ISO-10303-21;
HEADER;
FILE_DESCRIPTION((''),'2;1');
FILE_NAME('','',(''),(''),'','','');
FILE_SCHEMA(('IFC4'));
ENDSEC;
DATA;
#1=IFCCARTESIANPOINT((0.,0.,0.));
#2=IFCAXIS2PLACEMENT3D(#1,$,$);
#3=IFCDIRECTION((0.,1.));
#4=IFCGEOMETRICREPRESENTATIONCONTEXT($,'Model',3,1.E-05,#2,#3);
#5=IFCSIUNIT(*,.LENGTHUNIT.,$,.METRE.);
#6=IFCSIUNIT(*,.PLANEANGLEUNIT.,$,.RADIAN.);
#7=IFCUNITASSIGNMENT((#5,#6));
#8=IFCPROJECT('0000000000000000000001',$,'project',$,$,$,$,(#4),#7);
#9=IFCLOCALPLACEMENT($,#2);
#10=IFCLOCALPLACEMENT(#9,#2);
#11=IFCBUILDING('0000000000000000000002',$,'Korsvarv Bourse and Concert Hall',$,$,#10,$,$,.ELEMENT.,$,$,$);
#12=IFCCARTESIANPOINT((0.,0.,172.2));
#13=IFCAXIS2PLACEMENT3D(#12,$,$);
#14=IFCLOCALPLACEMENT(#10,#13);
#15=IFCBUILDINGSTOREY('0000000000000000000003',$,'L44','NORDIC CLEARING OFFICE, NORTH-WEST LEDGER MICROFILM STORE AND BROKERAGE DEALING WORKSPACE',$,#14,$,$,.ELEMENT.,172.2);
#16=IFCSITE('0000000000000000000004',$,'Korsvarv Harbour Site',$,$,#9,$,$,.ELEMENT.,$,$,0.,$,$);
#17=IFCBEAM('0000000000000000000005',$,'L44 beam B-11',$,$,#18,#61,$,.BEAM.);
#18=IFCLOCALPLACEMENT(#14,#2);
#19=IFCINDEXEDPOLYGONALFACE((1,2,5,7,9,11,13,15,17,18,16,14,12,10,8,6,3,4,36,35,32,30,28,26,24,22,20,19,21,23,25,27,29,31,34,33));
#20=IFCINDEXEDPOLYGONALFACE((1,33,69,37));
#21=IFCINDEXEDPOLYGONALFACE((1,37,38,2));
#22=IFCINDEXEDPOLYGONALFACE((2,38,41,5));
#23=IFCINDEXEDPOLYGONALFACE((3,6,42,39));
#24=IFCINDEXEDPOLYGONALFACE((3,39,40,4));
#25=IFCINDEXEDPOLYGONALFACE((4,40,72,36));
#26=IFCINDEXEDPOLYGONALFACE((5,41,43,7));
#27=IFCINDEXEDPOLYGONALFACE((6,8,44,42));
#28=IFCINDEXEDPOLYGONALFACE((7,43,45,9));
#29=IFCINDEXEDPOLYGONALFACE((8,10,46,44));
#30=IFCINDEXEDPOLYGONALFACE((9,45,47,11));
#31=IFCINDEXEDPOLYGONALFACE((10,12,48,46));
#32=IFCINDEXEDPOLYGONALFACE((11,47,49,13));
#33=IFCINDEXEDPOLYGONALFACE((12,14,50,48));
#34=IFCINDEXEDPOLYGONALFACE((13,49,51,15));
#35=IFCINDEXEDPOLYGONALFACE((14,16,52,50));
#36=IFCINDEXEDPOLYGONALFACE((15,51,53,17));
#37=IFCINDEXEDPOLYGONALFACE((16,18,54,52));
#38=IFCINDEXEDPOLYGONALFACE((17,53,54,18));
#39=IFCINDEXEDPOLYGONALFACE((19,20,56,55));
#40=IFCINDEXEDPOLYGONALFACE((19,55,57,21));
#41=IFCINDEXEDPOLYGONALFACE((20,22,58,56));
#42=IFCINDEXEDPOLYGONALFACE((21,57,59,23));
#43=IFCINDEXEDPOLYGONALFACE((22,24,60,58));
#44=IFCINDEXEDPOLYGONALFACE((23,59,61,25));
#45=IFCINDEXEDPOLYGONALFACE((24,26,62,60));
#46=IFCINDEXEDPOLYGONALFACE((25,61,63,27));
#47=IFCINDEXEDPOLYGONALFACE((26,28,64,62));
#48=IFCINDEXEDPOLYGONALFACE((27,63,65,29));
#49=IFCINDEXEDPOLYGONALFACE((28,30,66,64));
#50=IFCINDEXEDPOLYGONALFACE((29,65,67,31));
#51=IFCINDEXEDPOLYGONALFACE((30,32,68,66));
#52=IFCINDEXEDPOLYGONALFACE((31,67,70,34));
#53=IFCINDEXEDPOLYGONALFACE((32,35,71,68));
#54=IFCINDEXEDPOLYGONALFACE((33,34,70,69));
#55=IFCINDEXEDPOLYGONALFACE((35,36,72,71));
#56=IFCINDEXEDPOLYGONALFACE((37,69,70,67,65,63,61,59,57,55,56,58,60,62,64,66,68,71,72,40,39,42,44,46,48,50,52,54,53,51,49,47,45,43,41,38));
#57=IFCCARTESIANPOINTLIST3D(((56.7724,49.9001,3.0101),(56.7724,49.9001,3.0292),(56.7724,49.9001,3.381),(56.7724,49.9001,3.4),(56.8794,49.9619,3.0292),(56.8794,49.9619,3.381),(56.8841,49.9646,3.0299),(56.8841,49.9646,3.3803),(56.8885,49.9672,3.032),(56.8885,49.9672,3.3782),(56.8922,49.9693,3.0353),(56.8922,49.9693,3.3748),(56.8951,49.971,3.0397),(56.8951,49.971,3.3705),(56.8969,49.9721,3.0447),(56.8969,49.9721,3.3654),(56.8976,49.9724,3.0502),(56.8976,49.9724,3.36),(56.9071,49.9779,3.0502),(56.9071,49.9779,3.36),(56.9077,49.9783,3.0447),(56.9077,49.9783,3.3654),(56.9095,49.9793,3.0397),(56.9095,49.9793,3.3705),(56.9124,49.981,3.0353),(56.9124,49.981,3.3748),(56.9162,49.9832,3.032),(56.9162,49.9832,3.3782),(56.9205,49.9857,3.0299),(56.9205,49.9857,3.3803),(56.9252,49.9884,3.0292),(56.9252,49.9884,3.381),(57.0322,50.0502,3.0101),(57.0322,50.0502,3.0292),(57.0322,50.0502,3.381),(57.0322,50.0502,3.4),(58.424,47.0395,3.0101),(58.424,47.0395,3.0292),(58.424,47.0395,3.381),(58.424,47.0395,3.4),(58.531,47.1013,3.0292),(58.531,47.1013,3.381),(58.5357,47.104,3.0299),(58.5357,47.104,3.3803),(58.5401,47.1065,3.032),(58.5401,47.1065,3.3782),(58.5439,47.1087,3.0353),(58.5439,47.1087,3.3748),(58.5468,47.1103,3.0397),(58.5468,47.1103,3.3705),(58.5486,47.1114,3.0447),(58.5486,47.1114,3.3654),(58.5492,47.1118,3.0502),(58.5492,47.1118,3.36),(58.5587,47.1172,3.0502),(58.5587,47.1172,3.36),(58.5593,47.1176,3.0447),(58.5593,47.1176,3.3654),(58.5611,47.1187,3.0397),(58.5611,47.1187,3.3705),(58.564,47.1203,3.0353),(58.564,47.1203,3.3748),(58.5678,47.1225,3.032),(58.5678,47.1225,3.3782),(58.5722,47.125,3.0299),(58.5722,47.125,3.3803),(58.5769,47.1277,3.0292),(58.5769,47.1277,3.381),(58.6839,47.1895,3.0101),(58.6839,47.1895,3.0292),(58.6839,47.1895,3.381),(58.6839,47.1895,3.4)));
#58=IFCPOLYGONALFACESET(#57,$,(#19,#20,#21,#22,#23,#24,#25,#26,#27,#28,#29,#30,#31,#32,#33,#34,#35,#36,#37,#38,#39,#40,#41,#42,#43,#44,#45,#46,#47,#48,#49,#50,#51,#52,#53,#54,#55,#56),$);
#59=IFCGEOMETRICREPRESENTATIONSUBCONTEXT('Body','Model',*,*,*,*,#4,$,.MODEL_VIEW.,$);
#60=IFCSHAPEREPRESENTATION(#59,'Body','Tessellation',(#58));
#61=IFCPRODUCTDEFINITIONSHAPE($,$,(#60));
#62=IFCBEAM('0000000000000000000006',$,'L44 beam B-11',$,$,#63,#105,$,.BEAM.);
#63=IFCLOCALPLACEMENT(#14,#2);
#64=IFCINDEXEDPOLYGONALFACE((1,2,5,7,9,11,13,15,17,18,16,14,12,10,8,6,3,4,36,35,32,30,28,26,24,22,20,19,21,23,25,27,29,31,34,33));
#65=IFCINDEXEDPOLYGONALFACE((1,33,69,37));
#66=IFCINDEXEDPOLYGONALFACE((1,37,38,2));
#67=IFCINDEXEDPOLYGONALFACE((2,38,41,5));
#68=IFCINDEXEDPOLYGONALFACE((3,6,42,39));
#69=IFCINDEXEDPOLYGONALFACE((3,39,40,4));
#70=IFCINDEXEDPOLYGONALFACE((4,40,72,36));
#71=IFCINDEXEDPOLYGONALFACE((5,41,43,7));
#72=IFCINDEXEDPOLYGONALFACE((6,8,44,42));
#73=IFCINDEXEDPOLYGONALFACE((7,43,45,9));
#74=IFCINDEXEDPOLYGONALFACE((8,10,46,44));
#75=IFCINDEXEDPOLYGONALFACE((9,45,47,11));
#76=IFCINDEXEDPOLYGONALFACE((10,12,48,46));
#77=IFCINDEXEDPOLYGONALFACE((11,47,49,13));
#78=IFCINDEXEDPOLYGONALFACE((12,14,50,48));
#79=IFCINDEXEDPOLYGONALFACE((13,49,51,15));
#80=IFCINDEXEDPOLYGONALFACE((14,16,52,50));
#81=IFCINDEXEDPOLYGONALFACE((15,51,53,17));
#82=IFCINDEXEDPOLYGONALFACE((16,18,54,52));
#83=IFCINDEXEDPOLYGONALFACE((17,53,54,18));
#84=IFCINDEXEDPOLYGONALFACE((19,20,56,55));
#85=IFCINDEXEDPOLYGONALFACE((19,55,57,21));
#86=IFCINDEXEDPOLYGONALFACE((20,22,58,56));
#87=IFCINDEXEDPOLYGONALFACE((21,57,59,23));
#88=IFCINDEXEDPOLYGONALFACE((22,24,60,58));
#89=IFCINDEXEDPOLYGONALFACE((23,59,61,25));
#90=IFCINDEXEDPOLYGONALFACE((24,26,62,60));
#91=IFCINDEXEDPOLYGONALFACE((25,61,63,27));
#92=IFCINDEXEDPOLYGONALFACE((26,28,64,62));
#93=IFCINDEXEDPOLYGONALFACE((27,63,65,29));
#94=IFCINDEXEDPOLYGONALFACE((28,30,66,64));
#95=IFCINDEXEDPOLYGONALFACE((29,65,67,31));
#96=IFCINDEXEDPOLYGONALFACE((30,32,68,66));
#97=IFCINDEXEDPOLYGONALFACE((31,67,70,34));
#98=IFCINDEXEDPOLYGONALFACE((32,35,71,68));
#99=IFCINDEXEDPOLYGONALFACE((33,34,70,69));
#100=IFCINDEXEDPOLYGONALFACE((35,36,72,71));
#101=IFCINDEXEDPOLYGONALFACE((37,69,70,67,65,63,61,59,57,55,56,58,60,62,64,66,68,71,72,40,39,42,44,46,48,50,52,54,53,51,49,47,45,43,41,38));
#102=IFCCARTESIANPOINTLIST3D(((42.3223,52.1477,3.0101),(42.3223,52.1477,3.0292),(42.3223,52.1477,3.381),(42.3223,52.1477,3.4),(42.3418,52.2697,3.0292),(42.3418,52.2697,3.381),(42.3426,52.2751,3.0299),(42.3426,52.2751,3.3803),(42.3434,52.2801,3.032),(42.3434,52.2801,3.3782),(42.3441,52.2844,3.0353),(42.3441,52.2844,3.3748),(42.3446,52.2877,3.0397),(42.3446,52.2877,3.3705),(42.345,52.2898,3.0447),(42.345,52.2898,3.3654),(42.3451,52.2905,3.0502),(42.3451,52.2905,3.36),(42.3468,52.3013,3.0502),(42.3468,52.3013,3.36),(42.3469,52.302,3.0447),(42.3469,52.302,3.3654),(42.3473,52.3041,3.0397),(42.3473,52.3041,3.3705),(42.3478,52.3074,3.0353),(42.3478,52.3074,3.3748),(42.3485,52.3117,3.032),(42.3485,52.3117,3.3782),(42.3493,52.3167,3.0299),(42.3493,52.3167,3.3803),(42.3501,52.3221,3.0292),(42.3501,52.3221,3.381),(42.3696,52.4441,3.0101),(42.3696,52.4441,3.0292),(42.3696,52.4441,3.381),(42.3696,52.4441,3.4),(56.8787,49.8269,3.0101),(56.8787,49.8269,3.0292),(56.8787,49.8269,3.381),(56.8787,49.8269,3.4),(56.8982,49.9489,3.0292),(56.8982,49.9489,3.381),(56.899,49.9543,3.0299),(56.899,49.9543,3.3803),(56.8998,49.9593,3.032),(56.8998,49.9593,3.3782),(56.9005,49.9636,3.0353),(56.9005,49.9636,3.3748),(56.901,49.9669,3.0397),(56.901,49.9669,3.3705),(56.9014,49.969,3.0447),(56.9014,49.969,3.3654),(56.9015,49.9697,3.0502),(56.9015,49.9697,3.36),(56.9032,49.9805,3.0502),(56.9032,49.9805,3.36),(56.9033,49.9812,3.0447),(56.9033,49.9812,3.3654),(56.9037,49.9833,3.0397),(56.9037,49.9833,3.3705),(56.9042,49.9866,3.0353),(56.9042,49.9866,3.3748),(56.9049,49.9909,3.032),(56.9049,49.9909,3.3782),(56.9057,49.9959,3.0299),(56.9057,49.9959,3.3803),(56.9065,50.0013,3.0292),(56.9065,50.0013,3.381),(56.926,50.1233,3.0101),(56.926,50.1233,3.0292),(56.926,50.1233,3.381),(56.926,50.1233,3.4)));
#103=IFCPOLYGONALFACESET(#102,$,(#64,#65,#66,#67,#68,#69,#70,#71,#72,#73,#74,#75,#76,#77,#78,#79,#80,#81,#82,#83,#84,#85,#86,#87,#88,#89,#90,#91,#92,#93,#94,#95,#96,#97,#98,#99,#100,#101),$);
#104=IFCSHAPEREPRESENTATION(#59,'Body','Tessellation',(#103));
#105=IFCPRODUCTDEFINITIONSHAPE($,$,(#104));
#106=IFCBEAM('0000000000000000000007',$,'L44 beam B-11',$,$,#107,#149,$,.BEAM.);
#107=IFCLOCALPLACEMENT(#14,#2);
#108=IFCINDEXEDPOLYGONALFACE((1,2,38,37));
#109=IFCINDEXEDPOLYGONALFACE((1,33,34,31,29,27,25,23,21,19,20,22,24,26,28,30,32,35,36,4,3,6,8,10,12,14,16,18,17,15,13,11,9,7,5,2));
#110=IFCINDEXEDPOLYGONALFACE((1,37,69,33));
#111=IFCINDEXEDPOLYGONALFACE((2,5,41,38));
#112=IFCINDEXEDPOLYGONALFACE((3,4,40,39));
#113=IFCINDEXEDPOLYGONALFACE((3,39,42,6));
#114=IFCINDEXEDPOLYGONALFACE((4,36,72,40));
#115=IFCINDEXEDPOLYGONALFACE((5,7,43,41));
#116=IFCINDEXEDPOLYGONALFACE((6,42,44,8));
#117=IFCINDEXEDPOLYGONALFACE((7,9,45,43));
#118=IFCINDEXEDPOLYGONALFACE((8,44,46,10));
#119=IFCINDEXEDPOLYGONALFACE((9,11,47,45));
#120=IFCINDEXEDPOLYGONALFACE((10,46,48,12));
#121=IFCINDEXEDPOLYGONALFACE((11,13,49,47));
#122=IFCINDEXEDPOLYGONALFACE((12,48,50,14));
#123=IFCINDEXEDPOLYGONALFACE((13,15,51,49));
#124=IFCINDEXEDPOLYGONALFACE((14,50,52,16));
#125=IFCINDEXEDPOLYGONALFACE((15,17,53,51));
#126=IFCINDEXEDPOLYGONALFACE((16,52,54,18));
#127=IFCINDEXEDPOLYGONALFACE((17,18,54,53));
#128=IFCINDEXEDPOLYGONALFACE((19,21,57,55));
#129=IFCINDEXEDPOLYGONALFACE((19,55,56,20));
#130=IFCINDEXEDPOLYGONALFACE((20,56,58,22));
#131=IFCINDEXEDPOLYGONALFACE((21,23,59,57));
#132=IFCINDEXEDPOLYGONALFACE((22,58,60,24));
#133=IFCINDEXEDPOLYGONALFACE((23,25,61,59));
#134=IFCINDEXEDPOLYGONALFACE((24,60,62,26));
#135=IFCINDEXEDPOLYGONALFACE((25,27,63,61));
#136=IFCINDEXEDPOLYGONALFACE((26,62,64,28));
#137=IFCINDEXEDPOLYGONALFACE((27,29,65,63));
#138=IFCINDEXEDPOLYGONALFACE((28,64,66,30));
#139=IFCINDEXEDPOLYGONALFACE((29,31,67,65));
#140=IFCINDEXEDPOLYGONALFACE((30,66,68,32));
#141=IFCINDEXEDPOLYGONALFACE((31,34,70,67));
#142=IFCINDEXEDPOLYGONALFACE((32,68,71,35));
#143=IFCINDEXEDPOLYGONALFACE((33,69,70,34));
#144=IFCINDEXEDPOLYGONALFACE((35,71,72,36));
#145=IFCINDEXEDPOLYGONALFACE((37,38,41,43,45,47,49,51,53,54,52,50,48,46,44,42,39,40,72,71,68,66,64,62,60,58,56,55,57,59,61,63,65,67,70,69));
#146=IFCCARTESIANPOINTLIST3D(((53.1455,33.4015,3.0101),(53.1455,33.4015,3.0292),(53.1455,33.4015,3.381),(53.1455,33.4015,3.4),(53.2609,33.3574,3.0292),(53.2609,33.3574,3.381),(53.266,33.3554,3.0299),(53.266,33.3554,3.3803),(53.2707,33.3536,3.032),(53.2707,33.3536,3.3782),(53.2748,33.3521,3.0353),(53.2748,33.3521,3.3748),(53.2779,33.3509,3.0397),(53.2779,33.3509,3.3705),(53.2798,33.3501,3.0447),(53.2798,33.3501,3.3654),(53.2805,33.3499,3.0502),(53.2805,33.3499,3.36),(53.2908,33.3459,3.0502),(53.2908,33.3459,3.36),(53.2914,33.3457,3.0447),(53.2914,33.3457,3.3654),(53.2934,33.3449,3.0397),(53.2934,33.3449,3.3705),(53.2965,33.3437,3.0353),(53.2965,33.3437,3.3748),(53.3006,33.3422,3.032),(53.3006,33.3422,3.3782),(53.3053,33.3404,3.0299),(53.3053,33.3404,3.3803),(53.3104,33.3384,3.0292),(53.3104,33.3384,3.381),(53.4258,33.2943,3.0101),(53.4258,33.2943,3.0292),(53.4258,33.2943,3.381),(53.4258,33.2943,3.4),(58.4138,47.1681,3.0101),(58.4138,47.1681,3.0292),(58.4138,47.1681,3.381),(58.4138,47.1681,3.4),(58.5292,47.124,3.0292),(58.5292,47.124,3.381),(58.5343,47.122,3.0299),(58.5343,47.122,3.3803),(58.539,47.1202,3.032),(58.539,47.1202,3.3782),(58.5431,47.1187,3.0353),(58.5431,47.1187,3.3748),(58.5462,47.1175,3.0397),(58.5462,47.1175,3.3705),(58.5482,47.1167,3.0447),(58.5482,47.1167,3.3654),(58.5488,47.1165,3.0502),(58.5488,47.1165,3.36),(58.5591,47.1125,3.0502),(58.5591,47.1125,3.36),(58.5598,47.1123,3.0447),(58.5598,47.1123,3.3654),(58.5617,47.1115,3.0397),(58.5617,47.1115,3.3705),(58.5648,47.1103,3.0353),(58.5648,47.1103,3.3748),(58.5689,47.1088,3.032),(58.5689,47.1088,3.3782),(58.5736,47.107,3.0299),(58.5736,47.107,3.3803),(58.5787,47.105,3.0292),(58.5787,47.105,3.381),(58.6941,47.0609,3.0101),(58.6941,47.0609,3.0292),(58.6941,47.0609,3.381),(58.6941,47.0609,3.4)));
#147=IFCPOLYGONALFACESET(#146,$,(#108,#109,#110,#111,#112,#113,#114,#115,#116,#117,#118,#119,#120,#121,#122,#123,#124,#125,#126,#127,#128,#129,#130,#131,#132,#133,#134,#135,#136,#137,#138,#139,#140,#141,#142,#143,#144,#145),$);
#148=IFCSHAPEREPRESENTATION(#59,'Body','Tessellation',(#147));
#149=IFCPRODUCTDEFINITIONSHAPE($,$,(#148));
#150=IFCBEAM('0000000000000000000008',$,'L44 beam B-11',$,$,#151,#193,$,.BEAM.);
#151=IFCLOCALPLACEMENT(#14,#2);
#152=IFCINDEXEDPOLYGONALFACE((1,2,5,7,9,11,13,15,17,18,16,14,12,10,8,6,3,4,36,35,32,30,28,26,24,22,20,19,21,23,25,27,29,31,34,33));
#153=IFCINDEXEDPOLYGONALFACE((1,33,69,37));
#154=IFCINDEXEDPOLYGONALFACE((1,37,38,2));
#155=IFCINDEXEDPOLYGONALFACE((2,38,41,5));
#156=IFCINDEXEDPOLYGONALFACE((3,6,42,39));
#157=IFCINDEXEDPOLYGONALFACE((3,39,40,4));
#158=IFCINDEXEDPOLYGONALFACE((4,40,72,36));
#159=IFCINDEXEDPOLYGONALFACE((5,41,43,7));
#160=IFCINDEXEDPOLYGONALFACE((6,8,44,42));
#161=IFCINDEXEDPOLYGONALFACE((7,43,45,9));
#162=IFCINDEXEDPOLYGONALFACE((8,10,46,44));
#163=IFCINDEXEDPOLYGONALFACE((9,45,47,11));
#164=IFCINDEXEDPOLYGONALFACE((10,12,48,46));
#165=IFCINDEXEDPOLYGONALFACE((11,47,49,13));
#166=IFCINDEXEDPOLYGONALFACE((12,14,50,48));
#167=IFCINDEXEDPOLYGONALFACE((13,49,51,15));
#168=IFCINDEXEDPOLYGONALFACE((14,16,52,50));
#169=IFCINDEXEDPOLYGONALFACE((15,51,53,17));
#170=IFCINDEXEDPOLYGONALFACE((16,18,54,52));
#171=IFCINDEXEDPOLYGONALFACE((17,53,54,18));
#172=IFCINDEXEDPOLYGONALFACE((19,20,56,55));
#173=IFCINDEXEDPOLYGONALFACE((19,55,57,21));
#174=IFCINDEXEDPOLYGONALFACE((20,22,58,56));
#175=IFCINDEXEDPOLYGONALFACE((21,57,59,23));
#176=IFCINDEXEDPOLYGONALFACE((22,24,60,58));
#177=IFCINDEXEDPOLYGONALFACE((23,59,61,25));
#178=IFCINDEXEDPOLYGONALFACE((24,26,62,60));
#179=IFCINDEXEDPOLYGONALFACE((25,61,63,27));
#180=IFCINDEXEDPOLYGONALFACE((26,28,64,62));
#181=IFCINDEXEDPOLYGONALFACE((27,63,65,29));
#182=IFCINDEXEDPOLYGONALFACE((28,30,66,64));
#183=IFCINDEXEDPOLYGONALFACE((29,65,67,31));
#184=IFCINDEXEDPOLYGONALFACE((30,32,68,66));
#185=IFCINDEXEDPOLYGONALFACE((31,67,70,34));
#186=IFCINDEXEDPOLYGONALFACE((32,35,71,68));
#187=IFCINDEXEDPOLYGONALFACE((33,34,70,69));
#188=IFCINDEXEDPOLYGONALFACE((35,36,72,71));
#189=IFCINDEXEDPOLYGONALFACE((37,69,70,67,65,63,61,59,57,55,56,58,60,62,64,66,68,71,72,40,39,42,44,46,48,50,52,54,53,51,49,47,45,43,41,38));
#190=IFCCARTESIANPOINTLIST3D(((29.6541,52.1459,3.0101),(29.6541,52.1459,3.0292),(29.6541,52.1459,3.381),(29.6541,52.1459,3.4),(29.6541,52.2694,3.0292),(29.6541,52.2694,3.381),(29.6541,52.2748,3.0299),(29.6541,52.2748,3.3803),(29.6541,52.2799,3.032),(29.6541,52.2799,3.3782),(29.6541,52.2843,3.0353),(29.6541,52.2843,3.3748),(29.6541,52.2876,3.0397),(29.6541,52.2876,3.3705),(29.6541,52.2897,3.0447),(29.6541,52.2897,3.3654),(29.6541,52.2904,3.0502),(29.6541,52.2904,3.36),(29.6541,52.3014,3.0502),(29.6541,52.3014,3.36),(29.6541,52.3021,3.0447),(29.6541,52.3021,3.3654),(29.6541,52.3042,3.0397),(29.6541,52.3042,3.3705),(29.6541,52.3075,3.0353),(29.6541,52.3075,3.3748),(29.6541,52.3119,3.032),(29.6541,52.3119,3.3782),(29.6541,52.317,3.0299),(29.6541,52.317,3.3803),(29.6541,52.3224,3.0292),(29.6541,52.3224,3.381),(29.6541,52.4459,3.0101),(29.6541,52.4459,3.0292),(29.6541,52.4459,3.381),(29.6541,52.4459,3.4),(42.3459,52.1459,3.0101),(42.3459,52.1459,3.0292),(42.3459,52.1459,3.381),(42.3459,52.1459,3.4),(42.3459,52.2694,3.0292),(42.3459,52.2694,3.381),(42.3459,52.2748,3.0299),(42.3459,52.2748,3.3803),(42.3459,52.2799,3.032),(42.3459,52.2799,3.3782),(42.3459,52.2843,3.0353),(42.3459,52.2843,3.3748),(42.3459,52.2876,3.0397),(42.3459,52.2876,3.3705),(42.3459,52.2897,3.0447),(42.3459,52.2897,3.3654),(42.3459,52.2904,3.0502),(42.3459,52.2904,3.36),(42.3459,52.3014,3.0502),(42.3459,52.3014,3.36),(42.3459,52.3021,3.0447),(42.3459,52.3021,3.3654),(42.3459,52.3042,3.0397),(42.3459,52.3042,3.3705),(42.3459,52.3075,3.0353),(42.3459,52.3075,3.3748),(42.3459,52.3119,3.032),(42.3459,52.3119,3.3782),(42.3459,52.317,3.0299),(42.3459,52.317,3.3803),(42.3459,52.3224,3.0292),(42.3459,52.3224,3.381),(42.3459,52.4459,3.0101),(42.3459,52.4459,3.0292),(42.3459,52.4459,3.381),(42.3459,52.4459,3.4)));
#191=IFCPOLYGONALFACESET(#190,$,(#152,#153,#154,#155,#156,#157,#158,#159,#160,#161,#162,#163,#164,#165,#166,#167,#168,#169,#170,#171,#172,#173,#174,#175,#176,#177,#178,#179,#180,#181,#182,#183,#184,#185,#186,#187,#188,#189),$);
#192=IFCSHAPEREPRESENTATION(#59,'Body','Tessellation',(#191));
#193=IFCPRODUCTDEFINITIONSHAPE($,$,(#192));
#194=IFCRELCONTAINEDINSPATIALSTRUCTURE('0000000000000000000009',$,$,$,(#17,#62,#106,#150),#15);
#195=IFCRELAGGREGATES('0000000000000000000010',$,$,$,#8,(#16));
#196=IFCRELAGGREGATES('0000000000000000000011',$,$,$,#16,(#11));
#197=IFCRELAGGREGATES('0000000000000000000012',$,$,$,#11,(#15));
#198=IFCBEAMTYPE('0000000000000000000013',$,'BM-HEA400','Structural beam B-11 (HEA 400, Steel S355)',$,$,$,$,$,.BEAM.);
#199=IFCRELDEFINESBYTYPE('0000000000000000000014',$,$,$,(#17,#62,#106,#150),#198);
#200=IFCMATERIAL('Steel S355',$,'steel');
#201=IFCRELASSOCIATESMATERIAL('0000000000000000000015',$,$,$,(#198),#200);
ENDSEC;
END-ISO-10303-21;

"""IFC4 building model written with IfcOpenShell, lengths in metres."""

from ifc_helpers import new_model, si_unit, direction, frame, origin, origin_2d, place, context, subcontext, project, spatial, i_section, extrude, source, transform, mapped, material, material_profile, profile_set, type_object, element, save


model = new_model("IFC4")

# Units and contexts
model_context = context("Model", 3, precision=1e-05, world=origin(), true_north=direction((0.0, 1.0)))
body_context = subcontext(model_context, "Body", "Model", "MODEL_VIEW")
ifc_project = project(units=[si_unit("LENGTHUNIT", "METRE"), si_unit("PLANEANGLEUNIT", "RADIAN")], contexts=[model_context])

# Site, building, storey
site_placement = place(None, origin())
site = spatial("IfcSite", under=ifc_project, at=site_placement, Name="Korsvarv Harbour Site", CompositionType="ELEMENT", RefElevation=0.0)
building_placement = place(site_placement, origin())
building = spatial("IfcBuilding", under=site, at=building_placement, Name="Korsvarv Bourse and Concert Hall", CompositionType="ELEMENT")
storey_placement = place(building_placement, frame((0.0, 0.0, 172.2)))
storey = spatial("IfcBuildingStorey", under=building, at=storey_placement, Name="L44", Description="NORDIC CLEARING OFFICE, NORTH-WEST LEDGER MICROFILM STORE AND BROKERAGE DEALING WORKSPACE", CompositionType="ELEMENT", Elevation=172.2)

# Shared definitions
ifc_material_1 = material(Name="Steel S355", Category="steel")

# Beams
ifc_material_profile_1 = material_profile(ifc_material_1, i_section(OverallWidth=0.3, OverallDepth=0.3899, WebThickness=0.011, FlangeThickness=0.019, FilletRadius=0.021, at=origin_2d()), Name="HEA 400")
ifc_profile_set_1 = profile_set([ifc_material_profile_1], Name="Steel S355")
beam_type_1 = type_object("IfcBeamType", Name="BM-HEA400", Description="Structural beam B-11 (HEA 400, Steel S355)", PredefinedType="BEAM", material=ifc_profile_set_1)
shared_shape_1 = source(origin(), body_context, "Body", "SweptSolid", [
    extrude(i_section(OverallWidth=0.3, OverallDepth=0.3899, WebThickness=0.011, FlangeThickness=0.019, FilletRadius=0.021, at=origin_2d()), origin(), (0.0, 0.0, 1.0), 3.3032),
])
beam_1_placement = place(storey_placement, frame((58.554, 47.1145, 3.2051), z_axis=(-0.50001, 0.866019, 0.0), x_axis=(-0.866019, -0.50001, 0.0)))
element("IfcBeam", 1, at=beam_1_placement, inside=storey, type_object=beam_type_1, Name="L44 beam B-11", PredefinedType="BEAM", context=body_context, shape_type="MappedRepresentation", body=[
    mapped(shared_shape_1, transform((0.0, 0.0, 0.0), scale=1.0)),
])
shared_shape_2 = source(origin(), body_context, "Body", "SweptSolid", [
    extrude(i_section(OverallWidth=0.3, OverallDepth=0.3899, WebThickness=0.011, FlangeThickness=0.019, FilletRadius=0.021, at=origin_2d()), origin(), (0.0, 0.0, 1.0), 14.7402),
])
for number, where, z_axis, x_axis, name in (
    (2, (56.9023, 49.9751, 3.2051), (-0.987528, 0.157447, 0.0), (-0.157447, -0.987528, 0.0), "L44 beam B-11"),
    (3, (53.2856, 33.3479, 3.2051), (0.35741, 0.933947, 0.0), (-0.933947, 0.35741, 0.0), "L44 beam B-11"),
):
    element("IfcBeam", number, at=place(storey_placement, frame(where, z_axis=z_axis, x_axis=x_axis)), inside=storey, type_object=beam_type_1, Name=name, PredefinedType="BEAM", context=body_context, shape_type="MappedRepresentation", body=[
        mapped(shared_shape_2, transform((0.0, 0.0, 0.0), scale=1.0)),
    ])
shared_shape_3 = source(origin(), body_context, "Body", "SweptSolid", [
    extrude(i_section(OverallWidth=0.3, OverallDepth=0.3899, WebThickness=0.011, FlangeThickness=0.019, FilletRadius=0.021, at=origin_2d()), origin(), (0.0, 0.0, 1.0), 12.6919),
])
beam_2_placement = place(storey_placement, frame((42.3459, 52.2959, 3.2051), z_axis=(-1.0, 0.0, 0.0), x_axis=(0.0, -1.0, 0.0)))
element("IfcBeam", 4, at=beam_2_placement, inside=storey, type_object=beam_type_1, Name="L44 beam B-11", PredefinedType="BEAM", context=body_context, shape_type="MappedRepresentation", body=[
    mapped(shared_shape_3, transform((0.0, 0.0, 0.0), scale=1.0)),
])

save(model, "model.ifc")
